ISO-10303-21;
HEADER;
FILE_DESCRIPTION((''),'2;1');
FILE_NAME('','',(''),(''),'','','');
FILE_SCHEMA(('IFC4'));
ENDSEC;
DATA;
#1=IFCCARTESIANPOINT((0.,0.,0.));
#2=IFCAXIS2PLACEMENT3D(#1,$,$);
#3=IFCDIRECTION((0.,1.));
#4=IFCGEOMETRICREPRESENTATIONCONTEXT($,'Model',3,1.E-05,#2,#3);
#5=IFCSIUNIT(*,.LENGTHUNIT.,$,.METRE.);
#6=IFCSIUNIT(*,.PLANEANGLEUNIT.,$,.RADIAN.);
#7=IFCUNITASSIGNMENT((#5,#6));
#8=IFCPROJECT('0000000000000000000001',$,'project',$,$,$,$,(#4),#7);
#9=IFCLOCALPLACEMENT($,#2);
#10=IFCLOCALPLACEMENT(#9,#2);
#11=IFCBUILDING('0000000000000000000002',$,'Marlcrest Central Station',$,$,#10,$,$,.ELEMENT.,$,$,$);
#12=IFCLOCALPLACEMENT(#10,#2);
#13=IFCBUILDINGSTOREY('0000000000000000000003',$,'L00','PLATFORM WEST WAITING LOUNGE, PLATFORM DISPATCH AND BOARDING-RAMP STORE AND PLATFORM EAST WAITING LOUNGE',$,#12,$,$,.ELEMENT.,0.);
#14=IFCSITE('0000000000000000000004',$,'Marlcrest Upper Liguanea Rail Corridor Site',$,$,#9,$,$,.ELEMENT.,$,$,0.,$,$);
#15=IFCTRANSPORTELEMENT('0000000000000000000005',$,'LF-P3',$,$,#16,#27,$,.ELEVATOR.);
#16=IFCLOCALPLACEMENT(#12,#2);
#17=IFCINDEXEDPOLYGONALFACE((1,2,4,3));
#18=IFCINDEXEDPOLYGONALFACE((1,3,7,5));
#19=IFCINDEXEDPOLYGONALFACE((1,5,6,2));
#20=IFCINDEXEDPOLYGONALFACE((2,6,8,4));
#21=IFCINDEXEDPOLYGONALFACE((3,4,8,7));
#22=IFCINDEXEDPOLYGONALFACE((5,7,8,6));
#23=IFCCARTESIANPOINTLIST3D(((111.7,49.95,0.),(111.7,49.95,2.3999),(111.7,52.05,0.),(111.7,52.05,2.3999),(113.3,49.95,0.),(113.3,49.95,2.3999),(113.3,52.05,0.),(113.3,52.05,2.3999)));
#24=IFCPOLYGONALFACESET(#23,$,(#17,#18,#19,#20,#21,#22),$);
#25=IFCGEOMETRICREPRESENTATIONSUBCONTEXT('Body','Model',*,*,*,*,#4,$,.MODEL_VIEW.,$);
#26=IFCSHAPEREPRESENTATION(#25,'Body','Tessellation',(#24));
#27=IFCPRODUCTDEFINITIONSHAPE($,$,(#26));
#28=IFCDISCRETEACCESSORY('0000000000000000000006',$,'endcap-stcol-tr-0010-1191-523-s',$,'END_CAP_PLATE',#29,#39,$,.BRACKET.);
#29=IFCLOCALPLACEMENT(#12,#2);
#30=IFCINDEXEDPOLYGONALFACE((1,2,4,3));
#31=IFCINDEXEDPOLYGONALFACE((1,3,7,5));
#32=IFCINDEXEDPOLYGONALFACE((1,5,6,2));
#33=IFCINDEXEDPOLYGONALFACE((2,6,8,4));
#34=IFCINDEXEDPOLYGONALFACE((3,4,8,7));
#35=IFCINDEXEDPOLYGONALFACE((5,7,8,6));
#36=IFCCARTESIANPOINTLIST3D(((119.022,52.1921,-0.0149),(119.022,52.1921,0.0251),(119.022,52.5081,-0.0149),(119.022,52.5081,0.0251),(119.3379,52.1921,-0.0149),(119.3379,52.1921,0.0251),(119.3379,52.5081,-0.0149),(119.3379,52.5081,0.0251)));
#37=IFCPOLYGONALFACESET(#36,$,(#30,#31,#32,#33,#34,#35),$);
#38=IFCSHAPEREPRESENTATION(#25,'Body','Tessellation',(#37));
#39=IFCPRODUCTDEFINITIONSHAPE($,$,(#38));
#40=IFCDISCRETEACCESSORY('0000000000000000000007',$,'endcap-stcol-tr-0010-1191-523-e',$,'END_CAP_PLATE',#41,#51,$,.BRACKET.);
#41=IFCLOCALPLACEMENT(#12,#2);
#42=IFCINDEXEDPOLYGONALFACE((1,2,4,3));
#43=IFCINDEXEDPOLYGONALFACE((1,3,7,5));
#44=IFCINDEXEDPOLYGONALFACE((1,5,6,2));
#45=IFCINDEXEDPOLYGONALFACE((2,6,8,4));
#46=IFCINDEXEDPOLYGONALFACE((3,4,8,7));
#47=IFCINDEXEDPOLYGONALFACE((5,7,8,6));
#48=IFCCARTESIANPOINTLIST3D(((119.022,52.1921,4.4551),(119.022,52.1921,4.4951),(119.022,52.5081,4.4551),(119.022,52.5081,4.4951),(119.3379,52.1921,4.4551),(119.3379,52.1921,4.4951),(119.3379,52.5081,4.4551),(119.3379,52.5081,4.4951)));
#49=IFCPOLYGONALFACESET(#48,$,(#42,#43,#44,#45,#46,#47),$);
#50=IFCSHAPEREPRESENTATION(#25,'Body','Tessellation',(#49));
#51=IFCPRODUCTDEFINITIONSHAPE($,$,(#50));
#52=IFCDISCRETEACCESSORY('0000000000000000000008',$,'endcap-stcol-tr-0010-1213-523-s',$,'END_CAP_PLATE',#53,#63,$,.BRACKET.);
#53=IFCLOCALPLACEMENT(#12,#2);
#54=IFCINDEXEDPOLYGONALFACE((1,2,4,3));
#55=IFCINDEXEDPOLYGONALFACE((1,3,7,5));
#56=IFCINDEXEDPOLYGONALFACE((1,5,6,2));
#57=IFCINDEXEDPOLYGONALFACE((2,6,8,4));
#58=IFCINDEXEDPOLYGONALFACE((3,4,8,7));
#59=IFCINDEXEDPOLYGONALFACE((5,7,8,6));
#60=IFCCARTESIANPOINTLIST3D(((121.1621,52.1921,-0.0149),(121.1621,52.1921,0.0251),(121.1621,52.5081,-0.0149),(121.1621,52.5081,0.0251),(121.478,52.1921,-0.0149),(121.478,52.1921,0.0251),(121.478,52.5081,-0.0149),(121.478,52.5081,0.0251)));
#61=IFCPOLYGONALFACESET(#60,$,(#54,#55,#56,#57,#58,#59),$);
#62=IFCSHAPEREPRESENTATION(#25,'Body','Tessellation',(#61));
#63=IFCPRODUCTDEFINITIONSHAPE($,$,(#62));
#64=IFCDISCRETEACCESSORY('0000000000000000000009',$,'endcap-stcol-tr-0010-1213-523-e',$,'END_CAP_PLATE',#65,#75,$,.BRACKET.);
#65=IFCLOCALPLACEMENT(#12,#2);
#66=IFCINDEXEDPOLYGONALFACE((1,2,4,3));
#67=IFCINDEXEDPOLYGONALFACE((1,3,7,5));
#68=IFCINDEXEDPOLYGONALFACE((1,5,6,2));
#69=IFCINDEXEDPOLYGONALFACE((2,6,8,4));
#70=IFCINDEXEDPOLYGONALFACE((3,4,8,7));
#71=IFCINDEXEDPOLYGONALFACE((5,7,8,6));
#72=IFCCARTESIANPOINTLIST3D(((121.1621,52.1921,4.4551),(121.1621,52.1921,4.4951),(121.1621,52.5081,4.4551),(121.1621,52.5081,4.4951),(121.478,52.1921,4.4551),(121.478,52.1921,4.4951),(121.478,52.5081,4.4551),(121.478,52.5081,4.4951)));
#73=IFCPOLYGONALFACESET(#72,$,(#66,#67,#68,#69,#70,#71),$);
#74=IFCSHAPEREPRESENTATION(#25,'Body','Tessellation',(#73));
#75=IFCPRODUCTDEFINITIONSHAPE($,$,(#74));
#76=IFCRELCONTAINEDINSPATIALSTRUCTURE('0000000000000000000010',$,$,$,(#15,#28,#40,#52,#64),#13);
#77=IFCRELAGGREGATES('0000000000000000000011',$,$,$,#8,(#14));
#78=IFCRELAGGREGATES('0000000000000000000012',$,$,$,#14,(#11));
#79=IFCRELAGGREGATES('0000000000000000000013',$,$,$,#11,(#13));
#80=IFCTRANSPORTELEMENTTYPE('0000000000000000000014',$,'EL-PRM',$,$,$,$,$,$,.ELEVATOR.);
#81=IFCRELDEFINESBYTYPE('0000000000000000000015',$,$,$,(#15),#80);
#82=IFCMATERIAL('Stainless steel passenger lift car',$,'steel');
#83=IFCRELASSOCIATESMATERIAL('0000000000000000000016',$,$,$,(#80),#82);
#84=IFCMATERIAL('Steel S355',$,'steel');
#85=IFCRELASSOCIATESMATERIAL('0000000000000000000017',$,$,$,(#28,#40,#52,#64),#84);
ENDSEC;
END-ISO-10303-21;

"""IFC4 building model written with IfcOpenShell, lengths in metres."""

from ifc_helpers import new_model, si_unit, direction, frame, origin, origin_2d, place, context, subcontext, project, spatial, rectangle, extrude, material, type_object, element, save


model = new_model("IFC4")

# Units and contexts
model_context = context("Model", 3, precision=1e-05, world=origin(), true_north=direction((0.0, 1.0)))
body_context = subcontext(model_context, "Body", "Model", "MODEL_VIEW")
ifc_project = project(units=[si_unit("LENGTHUNIT", "METRE"), si_unit("PLANEANGLEUNIT", "RADIAN")], contexts=[model_context])

# Site, building, storey
site_placement = place(None, origin())
site = spatial("IfcSite", under=ifc_project, at=site_placement, Name="Marlcrest Upper Liguanea Rail Corridor Site", CompositionType="ELEMENT", RefElevation=0.0)
building_placement = place(site_placement, origin())
building = spatial("IfcBuilding", under=site, at=building_placement, Name="Marlcrest Central Station", CompositionType="ELEMENT")
storey_placement = place(building_placement, origin())
storey = spatial("IfcBuildingStorey", under=building, at=storey_placement, Name="L00", Description="PLATFORM WEST WAITING LOUNGE, PLATFORM DISPATCH AND BOARDING-RAMP STORE AND PLATFORM EAST WAITING LOUNGE", CompositionType="ELEMENT", Elevation=0.0)

# Shared definitions
ifc_material_1 = material(Name="Steel S355", Category="steel")

# Transport element
ifc_material_2 = material(Name="Stainless steel passenger lift car", Category="steel")
transport_element_type = type_object("IfcTransportElementType", Name="EL-PRM", PredefinedType="ELEVATOR", material=ifc_material_2)
for number, where, z_axis, x_axis, name in (
    (1, (112.5, 51.0, 0.0), (0.0, 0.0, 1.0), (1.0, 0.0, 0.0), "LF-P3"),
):
    element("IfcTransportElement", number, at=place(storey_placement, frame(where, z_axis=z_axis, x_axis=x_axis)), inside=storey, type_object=transport_element_type, Name=name, PredefinedType="ELEVATOR", context=body_context, shape_type="SweptSolid", body=[
        extrude(rectangle(XDim=1.6001, YDim=2.1001, at=origin_2d()), origin(), (0.0, 0.0, 1.0), 2.3999),
    ])

# Discrete accessories
for number, where, z_axis, x_axis, name in (
    (2, (119.1799, 52.3501, -0.0149), (0.0, 0.0, 1.0), (1.0, 0.0, 0.0), "endcap-stcol-tr-0010-1191-523-s"),
    (3, (119.1799, 52.3501, 4.4551), (0.0, 0.0, 1.0), (1.0, 0.0, 0.0), "endcap-stcol-tr-0010-1191-523-e"),
    (4, (121.3201, 52.3501, -0.0149), (0.0, 0.0, 1.0), (1.0, 0.0, 0.0), "endcap-stcol-tr-0010-1213-523-s"),
    (5, (121.3201, 52.3501, 4.4551), (0.0, 0.0, 1.0), (1.0, 0.0, 0.0), "endcap-stcol-tr-0010-1213-523-e"),
):
    element("IfcDiscreteAccessory", number, at=place(storey_placement, frame(where, z_axis=z_axis, x_axis=x_axis)), inside=storey, material=ifc_material_1, Name=name, ObjectType="END_CAP_PLATE", PredefinedType="BRACKET", context=body_context, shape_type="SweptSolid", body=[
        extrude(rectangle(XDim=0.3159, YDim=0.3159, at=origin_2d()), origin(), (0.0, 0.0, 1.0), 0.04),
    ])

save(model, "model.ifc")
